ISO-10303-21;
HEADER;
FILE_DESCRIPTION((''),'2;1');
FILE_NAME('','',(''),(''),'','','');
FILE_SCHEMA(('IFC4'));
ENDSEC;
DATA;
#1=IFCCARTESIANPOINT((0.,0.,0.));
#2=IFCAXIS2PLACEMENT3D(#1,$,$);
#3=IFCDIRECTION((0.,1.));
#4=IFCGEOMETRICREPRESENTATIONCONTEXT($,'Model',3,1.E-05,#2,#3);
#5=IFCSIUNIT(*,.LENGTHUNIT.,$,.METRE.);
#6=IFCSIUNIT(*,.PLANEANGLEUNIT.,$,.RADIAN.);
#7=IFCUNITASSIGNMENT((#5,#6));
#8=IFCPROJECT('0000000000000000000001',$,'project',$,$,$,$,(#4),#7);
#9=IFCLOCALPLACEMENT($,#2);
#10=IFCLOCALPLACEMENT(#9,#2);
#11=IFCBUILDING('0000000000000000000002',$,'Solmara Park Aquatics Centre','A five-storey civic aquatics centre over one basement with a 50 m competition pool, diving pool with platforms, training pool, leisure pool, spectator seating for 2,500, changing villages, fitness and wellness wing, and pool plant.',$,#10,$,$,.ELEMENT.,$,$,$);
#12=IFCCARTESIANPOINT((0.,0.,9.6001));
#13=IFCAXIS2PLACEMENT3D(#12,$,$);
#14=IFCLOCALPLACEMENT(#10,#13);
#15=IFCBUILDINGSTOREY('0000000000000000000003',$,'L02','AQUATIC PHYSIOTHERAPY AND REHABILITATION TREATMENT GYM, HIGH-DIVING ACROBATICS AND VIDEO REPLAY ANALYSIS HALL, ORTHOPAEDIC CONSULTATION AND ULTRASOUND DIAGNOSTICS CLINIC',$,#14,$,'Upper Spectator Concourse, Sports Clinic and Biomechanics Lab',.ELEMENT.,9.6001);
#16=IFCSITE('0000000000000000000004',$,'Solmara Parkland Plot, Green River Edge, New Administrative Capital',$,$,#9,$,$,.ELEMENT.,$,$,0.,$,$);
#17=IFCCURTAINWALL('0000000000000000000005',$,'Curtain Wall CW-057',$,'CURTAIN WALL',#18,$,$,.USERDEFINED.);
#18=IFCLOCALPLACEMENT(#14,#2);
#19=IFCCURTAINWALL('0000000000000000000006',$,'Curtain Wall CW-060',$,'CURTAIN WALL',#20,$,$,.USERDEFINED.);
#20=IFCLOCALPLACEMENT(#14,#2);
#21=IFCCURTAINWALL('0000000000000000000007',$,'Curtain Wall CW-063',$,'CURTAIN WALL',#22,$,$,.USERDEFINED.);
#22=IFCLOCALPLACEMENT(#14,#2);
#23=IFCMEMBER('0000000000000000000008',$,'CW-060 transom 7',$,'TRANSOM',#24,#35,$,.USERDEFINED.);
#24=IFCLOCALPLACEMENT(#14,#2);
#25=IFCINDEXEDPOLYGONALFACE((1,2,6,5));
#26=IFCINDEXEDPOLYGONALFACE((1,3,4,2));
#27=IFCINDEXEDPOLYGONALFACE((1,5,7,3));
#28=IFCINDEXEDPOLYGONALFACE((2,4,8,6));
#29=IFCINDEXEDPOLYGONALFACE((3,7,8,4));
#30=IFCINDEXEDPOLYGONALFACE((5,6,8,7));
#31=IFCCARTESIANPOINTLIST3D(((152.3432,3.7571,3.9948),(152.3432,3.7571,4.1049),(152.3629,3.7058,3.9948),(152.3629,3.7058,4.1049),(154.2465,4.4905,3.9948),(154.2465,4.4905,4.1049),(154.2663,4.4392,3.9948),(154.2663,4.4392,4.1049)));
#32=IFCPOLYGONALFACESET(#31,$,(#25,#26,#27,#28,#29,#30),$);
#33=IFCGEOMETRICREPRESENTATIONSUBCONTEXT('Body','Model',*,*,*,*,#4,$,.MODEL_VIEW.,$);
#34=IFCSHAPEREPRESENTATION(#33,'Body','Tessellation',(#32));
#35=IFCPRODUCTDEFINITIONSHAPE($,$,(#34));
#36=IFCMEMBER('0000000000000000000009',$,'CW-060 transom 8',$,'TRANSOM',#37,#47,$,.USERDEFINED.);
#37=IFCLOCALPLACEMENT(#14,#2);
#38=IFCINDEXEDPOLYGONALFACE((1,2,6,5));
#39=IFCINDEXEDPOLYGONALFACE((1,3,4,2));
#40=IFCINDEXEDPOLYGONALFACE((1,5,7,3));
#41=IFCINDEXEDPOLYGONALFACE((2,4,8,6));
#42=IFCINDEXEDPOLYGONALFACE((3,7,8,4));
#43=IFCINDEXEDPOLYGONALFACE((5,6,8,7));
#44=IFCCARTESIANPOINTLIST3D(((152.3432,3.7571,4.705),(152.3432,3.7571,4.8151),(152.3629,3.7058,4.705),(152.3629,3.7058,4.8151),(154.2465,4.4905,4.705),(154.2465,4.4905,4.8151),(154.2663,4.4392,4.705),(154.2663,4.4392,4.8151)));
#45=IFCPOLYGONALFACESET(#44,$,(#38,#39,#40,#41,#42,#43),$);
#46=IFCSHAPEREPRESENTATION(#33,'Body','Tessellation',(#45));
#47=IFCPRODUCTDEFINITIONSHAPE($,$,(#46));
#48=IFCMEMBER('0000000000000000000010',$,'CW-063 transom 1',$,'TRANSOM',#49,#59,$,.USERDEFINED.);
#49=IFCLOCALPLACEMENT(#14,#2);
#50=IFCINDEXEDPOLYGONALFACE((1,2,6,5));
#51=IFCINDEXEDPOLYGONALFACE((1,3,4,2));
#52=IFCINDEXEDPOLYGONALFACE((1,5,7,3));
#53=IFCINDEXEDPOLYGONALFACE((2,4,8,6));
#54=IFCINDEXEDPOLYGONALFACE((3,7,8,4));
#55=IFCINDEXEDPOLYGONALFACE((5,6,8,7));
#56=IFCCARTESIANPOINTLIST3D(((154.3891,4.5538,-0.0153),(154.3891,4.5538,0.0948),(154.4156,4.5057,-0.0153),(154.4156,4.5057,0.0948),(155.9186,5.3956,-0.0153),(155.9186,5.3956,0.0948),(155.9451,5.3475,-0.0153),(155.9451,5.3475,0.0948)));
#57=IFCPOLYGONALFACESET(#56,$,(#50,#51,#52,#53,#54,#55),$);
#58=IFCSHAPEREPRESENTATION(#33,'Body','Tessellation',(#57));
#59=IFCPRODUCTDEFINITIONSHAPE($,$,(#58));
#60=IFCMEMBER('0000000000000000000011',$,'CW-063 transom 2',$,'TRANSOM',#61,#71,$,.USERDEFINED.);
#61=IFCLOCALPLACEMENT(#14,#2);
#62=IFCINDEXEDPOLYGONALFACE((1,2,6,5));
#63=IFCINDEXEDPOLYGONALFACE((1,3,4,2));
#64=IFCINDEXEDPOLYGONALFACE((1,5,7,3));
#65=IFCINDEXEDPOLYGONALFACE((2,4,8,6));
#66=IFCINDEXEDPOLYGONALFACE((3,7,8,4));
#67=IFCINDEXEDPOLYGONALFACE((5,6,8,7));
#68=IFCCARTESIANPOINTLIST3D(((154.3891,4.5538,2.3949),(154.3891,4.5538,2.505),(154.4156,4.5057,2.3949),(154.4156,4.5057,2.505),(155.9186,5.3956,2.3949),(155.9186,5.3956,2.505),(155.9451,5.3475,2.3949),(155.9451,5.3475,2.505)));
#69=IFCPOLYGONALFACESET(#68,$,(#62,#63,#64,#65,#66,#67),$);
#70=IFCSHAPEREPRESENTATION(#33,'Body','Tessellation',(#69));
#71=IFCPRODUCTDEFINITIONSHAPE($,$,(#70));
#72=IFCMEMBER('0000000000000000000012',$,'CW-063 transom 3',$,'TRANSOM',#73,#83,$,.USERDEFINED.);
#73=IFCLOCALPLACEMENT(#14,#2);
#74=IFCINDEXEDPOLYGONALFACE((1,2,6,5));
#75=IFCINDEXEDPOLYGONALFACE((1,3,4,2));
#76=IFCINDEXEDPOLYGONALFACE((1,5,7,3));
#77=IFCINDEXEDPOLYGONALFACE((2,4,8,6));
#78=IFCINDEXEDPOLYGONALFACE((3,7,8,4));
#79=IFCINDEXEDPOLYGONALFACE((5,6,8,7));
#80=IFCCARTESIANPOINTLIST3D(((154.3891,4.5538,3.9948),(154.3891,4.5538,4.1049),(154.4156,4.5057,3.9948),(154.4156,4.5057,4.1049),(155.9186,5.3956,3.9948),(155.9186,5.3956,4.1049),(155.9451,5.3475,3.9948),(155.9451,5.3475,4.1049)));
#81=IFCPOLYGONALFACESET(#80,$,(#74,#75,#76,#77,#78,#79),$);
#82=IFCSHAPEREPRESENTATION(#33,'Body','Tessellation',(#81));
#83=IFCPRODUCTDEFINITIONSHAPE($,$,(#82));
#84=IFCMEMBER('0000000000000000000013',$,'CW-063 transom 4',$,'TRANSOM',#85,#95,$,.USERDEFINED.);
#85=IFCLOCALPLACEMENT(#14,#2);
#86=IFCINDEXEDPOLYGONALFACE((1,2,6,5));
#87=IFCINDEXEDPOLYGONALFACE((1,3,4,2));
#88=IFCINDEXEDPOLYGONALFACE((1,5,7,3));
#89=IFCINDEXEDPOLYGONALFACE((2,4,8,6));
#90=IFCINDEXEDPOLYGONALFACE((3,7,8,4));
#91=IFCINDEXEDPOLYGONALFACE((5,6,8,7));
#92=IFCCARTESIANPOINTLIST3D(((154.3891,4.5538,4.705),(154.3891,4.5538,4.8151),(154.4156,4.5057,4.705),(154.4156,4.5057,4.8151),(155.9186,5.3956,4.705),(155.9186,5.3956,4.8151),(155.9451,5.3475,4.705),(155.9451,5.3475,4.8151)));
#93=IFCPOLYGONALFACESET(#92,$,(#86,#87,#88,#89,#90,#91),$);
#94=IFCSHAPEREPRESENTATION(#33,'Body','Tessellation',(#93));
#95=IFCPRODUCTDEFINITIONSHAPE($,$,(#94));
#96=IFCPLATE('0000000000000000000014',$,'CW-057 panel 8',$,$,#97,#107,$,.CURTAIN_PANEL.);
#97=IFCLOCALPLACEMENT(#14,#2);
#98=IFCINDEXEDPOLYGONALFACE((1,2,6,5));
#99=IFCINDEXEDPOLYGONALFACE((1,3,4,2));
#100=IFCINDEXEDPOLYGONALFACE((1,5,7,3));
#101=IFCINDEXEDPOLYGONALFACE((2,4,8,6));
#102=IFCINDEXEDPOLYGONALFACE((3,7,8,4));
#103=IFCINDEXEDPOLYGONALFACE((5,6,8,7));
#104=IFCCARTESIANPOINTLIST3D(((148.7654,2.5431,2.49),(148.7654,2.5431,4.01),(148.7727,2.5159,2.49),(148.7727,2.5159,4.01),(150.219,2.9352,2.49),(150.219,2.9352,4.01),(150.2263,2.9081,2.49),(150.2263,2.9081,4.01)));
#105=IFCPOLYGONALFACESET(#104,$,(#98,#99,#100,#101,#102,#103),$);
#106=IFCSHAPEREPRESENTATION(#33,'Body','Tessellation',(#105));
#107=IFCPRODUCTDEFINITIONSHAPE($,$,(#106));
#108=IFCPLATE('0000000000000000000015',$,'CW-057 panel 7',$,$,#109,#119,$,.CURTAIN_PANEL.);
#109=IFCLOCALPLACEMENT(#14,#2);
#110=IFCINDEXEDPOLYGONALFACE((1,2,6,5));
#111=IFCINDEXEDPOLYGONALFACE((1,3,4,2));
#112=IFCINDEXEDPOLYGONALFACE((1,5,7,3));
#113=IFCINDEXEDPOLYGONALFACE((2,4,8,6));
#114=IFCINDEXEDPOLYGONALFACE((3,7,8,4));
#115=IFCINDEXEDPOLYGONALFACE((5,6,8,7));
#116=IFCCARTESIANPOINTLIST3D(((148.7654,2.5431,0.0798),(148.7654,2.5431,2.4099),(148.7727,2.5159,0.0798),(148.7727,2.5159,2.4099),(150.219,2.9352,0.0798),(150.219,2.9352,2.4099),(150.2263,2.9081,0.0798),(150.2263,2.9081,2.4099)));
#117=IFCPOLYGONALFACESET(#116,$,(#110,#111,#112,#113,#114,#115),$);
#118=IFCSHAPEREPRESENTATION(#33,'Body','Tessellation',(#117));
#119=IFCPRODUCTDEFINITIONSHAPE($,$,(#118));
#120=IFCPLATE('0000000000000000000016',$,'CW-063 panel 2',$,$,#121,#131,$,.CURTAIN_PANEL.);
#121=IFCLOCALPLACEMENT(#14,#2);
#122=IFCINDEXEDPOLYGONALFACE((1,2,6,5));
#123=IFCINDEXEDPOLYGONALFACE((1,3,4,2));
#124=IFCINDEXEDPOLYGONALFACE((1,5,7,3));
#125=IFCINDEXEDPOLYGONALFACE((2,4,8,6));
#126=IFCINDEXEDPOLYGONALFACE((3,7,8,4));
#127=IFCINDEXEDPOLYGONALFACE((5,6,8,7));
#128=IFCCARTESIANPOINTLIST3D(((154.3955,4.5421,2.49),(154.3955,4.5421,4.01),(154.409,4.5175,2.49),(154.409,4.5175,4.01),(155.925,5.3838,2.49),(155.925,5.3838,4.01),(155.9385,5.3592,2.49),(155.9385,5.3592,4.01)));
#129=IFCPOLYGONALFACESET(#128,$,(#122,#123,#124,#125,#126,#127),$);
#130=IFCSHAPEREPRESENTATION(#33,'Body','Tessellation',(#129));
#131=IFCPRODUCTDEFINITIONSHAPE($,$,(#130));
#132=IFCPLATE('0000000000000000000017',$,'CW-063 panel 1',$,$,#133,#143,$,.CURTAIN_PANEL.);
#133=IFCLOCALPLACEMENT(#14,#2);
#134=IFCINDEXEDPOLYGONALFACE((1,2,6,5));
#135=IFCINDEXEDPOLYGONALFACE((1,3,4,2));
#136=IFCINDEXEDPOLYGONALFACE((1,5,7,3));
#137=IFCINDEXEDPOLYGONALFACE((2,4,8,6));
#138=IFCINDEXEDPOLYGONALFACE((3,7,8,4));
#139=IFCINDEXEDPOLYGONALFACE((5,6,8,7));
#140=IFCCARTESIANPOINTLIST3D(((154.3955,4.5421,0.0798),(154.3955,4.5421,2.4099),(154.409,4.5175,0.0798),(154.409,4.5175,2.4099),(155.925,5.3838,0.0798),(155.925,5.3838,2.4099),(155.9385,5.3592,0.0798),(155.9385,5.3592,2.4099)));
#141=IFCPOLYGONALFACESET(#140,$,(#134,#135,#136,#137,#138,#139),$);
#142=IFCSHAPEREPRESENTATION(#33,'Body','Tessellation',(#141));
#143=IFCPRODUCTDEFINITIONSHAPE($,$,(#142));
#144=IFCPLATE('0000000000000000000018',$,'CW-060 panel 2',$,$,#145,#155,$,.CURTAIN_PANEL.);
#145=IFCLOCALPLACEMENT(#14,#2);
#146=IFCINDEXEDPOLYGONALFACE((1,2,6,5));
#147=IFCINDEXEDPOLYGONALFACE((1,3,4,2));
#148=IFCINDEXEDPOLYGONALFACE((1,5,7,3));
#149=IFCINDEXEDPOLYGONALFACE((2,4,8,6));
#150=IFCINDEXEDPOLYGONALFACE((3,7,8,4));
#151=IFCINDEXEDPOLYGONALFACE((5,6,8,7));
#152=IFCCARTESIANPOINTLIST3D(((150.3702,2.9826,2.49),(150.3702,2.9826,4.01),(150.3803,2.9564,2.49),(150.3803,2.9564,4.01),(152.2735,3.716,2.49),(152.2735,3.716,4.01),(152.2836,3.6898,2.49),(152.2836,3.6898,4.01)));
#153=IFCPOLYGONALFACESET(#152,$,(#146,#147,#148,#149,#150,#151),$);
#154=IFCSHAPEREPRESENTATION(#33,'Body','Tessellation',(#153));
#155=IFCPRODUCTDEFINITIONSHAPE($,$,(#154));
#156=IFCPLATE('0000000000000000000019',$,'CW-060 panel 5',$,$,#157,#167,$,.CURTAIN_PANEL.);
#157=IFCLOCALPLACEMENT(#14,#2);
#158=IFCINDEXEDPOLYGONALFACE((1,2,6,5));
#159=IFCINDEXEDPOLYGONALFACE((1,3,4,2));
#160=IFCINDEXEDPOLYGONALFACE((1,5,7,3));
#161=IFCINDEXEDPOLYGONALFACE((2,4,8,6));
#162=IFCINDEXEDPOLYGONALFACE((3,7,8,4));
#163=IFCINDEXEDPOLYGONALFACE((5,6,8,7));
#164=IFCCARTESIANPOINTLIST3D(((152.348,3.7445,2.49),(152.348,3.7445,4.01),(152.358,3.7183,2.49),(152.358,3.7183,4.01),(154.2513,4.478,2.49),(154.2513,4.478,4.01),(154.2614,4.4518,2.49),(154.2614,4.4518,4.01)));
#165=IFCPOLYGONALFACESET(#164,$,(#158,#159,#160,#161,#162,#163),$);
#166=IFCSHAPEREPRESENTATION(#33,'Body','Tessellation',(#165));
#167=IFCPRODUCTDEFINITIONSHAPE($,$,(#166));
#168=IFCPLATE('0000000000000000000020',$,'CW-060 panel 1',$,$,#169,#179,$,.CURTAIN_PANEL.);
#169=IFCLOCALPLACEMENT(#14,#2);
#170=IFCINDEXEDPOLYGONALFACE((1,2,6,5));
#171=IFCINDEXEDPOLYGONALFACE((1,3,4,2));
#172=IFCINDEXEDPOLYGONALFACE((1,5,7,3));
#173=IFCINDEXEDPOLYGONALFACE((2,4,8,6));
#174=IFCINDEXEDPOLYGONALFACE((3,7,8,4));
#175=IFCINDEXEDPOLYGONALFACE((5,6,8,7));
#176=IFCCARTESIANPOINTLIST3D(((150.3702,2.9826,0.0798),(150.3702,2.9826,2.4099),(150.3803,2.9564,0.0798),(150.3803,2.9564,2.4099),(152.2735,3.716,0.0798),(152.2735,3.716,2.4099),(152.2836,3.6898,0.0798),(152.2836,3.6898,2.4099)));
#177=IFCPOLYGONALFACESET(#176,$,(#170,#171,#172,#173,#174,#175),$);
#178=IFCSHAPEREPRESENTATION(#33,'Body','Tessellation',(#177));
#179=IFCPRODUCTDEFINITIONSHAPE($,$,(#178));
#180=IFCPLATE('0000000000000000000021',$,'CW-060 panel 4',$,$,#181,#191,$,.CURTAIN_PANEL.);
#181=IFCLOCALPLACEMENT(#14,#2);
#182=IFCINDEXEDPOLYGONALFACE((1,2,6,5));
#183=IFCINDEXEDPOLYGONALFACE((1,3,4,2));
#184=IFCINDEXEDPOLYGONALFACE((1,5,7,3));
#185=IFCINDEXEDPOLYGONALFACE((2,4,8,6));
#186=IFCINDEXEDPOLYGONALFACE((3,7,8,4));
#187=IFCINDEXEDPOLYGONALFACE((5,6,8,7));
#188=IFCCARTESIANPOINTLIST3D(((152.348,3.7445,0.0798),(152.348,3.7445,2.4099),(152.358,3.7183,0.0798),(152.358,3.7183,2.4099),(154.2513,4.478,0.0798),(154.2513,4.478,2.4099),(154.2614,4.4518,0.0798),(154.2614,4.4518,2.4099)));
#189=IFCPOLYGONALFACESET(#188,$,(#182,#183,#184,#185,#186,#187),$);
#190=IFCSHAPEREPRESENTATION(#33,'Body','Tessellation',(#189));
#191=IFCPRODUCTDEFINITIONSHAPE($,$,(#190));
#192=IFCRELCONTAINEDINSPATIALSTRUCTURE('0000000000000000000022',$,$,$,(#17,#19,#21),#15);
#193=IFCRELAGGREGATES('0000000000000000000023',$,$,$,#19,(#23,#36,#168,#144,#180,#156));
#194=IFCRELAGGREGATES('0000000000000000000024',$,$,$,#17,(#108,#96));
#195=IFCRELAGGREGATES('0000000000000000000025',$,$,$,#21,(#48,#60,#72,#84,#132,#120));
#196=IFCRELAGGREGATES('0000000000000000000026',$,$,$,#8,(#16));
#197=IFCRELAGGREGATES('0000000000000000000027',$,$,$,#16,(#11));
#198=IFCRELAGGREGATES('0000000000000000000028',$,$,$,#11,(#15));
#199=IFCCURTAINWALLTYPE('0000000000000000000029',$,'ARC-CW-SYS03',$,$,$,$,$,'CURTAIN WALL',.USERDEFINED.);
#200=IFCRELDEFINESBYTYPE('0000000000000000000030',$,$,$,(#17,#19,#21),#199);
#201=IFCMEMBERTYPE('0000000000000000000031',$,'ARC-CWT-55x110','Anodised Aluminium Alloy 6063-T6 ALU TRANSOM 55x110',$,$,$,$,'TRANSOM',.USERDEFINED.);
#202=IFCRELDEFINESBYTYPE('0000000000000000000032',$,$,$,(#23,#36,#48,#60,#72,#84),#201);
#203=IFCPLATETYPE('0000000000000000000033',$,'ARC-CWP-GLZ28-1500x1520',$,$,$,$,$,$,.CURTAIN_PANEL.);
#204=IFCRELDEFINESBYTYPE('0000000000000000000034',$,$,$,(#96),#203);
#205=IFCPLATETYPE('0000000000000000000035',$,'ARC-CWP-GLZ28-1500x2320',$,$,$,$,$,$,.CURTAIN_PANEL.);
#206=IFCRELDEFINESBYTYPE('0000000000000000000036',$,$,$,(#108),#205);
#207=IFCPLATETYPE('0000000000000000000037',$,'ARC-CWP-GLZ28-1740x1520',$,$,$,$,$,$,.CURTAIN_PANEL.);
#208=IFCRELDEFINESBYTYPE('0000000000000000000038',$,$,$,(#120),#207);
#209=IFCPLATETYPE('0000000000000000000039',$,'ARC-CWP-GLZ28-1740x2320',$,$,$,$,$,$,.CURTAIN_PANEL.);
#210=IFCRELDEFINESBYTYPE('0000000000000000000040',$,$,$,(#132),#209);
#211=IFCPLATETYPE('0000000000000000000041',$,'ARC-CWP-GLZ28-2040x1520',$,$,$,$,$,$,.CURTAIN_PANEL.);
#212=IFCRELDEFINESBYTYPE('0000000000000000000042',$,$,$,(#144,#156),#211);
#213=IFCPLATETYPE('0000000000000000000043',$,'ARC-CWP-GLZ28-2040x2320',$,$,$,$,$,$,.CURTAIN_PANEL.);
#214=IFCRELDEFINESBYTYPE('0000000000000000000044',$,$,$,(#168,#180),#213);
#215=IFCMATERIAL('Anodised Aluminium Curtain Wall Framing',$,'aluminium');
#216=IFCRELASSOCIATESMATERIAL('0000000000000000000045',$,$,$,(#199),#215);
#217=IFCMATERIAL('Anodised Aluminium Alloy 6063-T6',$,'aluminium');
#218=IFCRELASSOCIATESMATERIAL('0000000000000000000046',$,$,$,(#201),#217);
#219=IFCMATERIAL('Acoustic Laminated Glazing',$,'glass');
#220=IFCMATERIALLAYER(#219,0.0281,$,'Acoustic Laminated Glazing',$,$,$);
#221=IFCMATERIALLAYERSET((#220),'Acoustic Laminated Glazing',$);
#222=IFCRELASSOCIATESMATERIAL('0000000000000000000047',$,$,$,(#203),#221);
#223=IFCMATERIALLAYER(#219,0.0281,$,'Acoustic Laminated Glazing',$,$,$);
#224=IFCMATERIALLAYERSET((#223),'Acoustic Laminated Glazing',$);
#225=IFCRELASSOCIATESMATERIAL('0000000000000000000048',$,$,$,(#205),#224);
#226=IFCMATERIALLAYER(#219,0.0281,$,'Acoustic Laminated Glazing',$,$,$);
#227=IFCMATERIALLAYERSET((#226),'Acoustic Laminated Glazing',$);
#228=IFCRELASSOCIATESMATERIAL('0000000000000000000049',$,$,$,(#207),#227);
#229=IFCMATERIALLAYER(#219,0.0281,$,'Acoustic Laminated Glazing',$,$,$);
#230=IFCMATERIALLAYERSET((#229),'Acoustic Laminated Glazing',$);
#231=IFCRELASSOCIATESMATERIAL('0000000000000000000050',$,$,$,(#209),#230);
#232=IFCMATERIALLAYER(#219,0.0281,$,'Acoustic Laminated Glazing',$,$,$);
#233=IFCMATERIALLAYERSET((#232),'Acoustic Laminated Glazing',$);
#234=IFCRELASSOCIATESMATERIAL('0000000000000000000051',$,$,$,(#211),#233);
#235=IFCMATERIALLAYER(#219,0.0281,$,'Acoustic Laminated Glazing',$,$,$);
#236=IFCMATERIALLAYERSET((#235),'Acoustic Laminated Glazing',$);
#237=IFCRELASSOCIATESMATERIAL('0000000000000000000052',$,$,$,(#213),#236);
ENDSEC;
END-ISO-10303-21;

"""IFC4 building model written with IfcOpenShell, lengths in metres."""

from ifc_helpers import new_model, si_unit, direction, frame, origin, origin_2d, place, context, subcontext, project, spatial, rectangle, extrude, material, layer, layer_set, material_profile, profile_set, type_object, element, aggregate, save


model = new_model("IFC4")

# Units and contexts
model_context = context("Model", 3, precision=1e-05, world=origin(), true_north=direction((0.0, 1.0)))
body_context = subcontext(model_context, "Body", "Model", "MODEL_VIEW")
ifc_project = project(units=[si_unit("LENGTHUNIT", "METRE"), si_unit("PLANEANGLEUNIT", "RADIAN")], contexts=[model_context])

# Site, building, storey
site_placement = place(None, origin())
site = spatial("IfcSite", under=ifc_project, at=site_placement, Name="Solmara Parkland Plot, Green River Edge, New Administrative Capital", CompositionType="ELEMENT", RefElevation=0.0)
building_placement = place(site_placement, origin())
building = spatial("IfcBuilding", under=site, at=building_placement, Name="Solmara Park Aquatics Centre", Description="A five-storey civic aquatics centre over one basement with a 50 m competition pool, diving pool with platforms, training pool, leisure pool, spectator seating for 2,500, changing villages, fitness and wellness wing, and pool plant.", CompositionType="ELEMENT")
storey_placement = place(building_placement, frame((0.0, 0.0, 9.6001)))
storey = spatial("IfcBuildingStorey", under=building, at=storey_placement, Name="L02", Description="AQUATIC PHYSIOTHERAPY AND REHABILITATION TREATMENT GYM, HIGH-DIVING ACROBATICS AND VIDEO REPLAY ANALYSIS HALL, ORTHOPAEDIC CONSULTATION AND ULTRASOUND DIAGNOSTICS CLINIC", LongName="Upper Spectator Concourse, Sports Clinic and Biomechanics Lab", CompositionType="ELEMENT", Elevation=9.6001)

# Curtain wall
ifc_material_1 = material(Name="Anodised Aluminium Curtain Wall Framing", Category="aluminium")
curtain_wall_type = type_object("IfcCurtainWallType", Name="ARC-CW-SYS03", ElementType="CURTAIN WALL", PredefinedType="USERDEFINED", material=ifc_material_1)
curtain_wall_1_placement = place(storey_placement, origin())
curtain_wall_1 = element("IfcCurtainWall", 1, at=curtain_wall_1_placement, inside=storey, type_object=curtain_wall_type, Name="Curtain Wall CW-057", ObjectType="CURTAIN WALL", PredefinedType="USERDEFINED")
ifc_material_2 = material(Name="Anodised Aluminium Alloy 6063-T6", Category="aluminium")

# Curtain walls
curtain_wall_2_placement = place(storey_placement, origin())
curtain_wall_2 = element("IfcCurtainWall", 2, at=curtain_wall_2_placement, inside=storey, type_object=curtain_wall_type, Name="Curtain Wall CW-060", ObjectType="CURTAIN WALL", PredefinedType="USERDEFINED")
curtain_wall_3_placement = place(storey_placement, origin())
curtain_wall_3 = element("IfcCurtainWall", 3, at=curtain_wall_3_placement, inside=storey, type_object=curtain_wall_type, Name="Curtain Wall CW-063", ObjectType="CURTAIN WALL", PredefinedType="USERDEFINED")

# Members
ifc_material_profile_1 = material_profile(ifc_material_2, rectangle(XDim=0.0549, YDim=0.1101, at=origin_2d()), Name="ALU TRANSOM 55x110")
ifc_profile_set_1 = profile_set([ifc_material_profile_1], Name="Anodised Aluminium Alloy 6063-T6")
member_type_1 = type_object("IfcMemberType", Name="ARC-CWT-55x110", Description="Anodised Aluminium Alloy 6063-T6 ALU TRANSOM 55x110", ElementType="TRANSOM", PredefinedType="USERDEFINED", material=ifc_profile_set_1)
member_1_placement = place(storey_placement, frame((152.353, 3.7314, 4.0498), z_axis=(0.933123, 0.359556, 0.0), x_axis=(-0.359556, 0.933123, 0.0)))
member_1 = element("IfcMember", 4, at=member_1_placement, type_object=member_type_1, Name="CW-060 transom 7", ObjectType="TRANSOM", PredefinedType="USERDEFINED", context=body_context, shape_type="SweptSolid", body=[
    extrude(rectangle(XDim=0.0549, YDim=0.1101, at=origin_2d()), origin(), (0.0, 0.0, 1.0), 2.0398),
])
member_2_placement = place(storey_placement, frame((152.353, 3.7314, 4.76), z_axis=(0.933123, 0.359556, 0.0), x_axis=(-0.359556, 0.933123, 0.0)))
member_2 = element("IfcMember", 5, at=member_2_placement, type_object=member_type_1, Name="CW-060 transom 8", ObjectType="TRANSOM", PredefinedType="USERDEFINED", context=body_context, shape_type="SweptSolid", body=[
    extrude(rectangle(XDim=0.0549, YDim=0.1101, at=origin_2d()), origin(), (0.0, 0.0, 1.0), 2.0398),
])
member_3_placement = place(storey_placement, frame((154.4023, 4.5298, 0.0398), z_axis=(0.876083, 0.48216, 0.0), x_axis=(-0.48216, 0.876083, 0.0)))
member_3 = element("IfcMember", 6, at=member_3_placement, type_object=member_type_1, Name="CW-063 transom 1", ObjectType="TRANSOM", PredefinedType="USERDEFINED", context=body_context, shape_type="SweptSolid", body=[
    extrude(rectangle(XDim=0.0549, YDim=0.1101, at=origin_2d()), origin(), (0.0, 0.0, 1.0), 1.7458),
])
member_4_placement = place(storey_placement, frame((154.4023, 4.5298, 2.45), z_axis=(0.876083, 0.48216, 0.0), x_axis=(-0.48216, 0.876083, 0.0)))
member_4 = element("IfcMember", 7, at=member_4_placement, type_object=member_type_1, Name="CW-063 transom 2", ObjectType="TRANSOM", PredefinedType="USERDEFINED", context=body_context, shape_type="SweptSolid", body=[
    extrude(rectangle(XDim=0.0549, YDim=0.1101, at=origin_2d()), origin(), (0.0, 0.0, 1.0), 1.7458),
])
member_5_placement = place(storey_placement, frame((154.4023, 4.5298, 4.0498), z_axis=(0.876083, 0.48216, 0.0), x_axis=(-0.48216, 0.876083, 0.0)))
member_5 = element("IfcMember", 8, at=member_5_placement, type_object=member_type_1, Name="CW-063 transom 3", ObjectType="TRANSOM", PredefinedType="USERDEFINED", context=body_context, shape_type="SweptSolid", body=[
    extrude(rectangle(XDim=0.0549, YDim=0.1101, at=origin_2d()), origin(), (0.0, 0.0, 1.0), 1.7458),
])
member_6_placement = place(storey_placement, frame((154.4023, 4.5298, 4.76), z_axis=(0.876083, 0.48216, 0.0), x_axis=(-0.48216, 0.876083, 0.0)))
member_6 = element("IfcMember", 9, at=member_6_placement, type_object=member_type_1, Name="CW-063 transom 4", ObjectType="TRANSOM", PredefinedType="USERDEFINED", context=body_context, shape_type="SweptSolid", body=[
    extrude(rectangle(XDim=0.0549, YDim=0.1101, at=origin_2d()), origin(), (0.0, 0.0, 1.0), 1.7458),
])

# Plates
ifc_material_3 = material(Name="Acoustic Laminated Glazing", Category="glass")
ifc_layer_1 = layer(ifc_material_3, 0.0281, Name="Acoustic Laminated Glazing")
ifc_layer_set_1 = layer_set([ifc_layer_1], Name="Acoustic Laminated Glazing")
plate_type_1 = type_object("IfcPlateType", Name="ARC-CWP-GLZ28-1500x1520", PredefinedType="CURTAIN_PANEL", material=ifc_layer_set_1)
plate_1_placement = place(storey_placement, frame((149.4958, 2.7256, 2.49), z_axis=(0.0, 0.0, 1.0), x_axis=(0.96548, 0.260476, 0.0)))
plate_1 = element("IfcPlate", 10, at=plate_1_placement, type_object=plate_type_1, Name="CW-057 panel 8", PredefinedType="CURTAIN_PANEL", context=body_context, shape_type="SweptSolid", body=[
    extrude(rectangle(XDim=1.5056, YDim=0.0281, at=origin_2d()), origin(), (0.0, 0.0, 1.0), 1.52),
])
ifc_layer_2 = layer(ifc_material_3, 0.0281, Name="Acoustic Laminated Glazing")
ifc_layer_set_2 = layer_set([ifc_layer_2], Name="Acoustic Laminated Glazing")
plate_type_2 = type_object("IfcPlateType", Name="ARC-CWP-GLZ28-1500x2320", PredefinedType="CURTAIN_PANEL", material=ifc_layer_set_2)
plate_2_placement = place(storey_placement, frame((149.4958, 2.7256, 0.0798), z_axis=(0.0, 0.0, 1.0), x_axis=(0.96548, 0.260476, 0.0)))
plate_2 = element("IfcPlate", 11, at=plate_2_placement, type_object=plate_type_2, Name="CW-057 panel 7", PredefinedType="CURTAIN_PANEL", context=body_context, shape_type="SweptSolid", body=[
    extrude(rectangle(XDim=1.5056, YDim=0.0281, at=origin_2d()), origin(), (0.0, 0.0, 1.0), 2.3301),
])
ifc_layer_3 = layer(ifc_material_3, 0.0281, Name="Acoustic Laminated Glazing")
ifc_layer_set_3 = layer_set([ifc_layer_3], Name="Acoustic Laminated Glazing")
plate_type_3 = type_object("IfcPlateType", Name="ARC-CWP-GLZ28-1740x1520", PredefinedType="CURTAIN_PANEL", material=ifc_layer_set_3)
plate_3_placement = place(storey_placement, frame((155.167, 4.9507, 2.49), z_axis=(0.0, 0.0, 1.0), x_axis=(0.876105, 0.482121, 0.0)))
plate_3 = element("IfcPlate", 12, at=plate_3_placement, type_object=plate_type_3, Name="CW-063 panel 2", PredefinedType="CURTAIN_PANEL", context=body_context, shape_type="SweptSolid", body=[
    extrude(rectangle(XDim=1.7458, YDim=0.0281, at=origin_2d()), origin(), (0.0, 0.0, 1.0), 1.52),
])
ifc_layer_4 = layer(ifc_material_3, 0.0281, Name="Acoustic Laminated Glazing")
ifc_layer_set_4 = layer_set([ifc_layer_4], Name="Acoustic Laminated Glazing")
plate_type_4 = type_object("IfcPlateType", Name="ARC-CWP-GLZ28-1740x2320", PredefinedType="CURTAIN_PANEL", material=ifc_layer_set_4)
plate_4_placement = place(storey_placement, frame((155.167, 4.9507, 0.0798), z_axis=(0.0, 0.0, 1.0), x_axis=(0.876105, 0.482121, 0.0)))
plate_4 = element("IfcPlate", 13, at=plate_4_placement, type_object=plate_type_4, Name="CW-063 panel 1", PredefinedType="CURTAIN_PANEL", context=body_context, shape_type="SweptSolid", body=[
    extrude(rectangle(XDim=1.7458, YDim=0.0281, at=origin_2d()), origin(), (0.0, 0.0, 1.0), 2.3301),
])
ifc_layer_5 = layer(ifc_material_3, 0.0281, Name="Acoustic Laminated Glazing")
ifc_layer_set_5 = layer_set([ifc_layer_5], Name="Acoustic Laminated Glazing")
plate_type_5 = type_object("IfcPlateType", Name="ARC-CWP-GLZ28-2040x1520", PredefinedType="CURTAIN_PANEL", material=ifc_layer_set_5)
plate_5_placement = place(storey_placement, frame((151.3269, 3.3362, 2.49), z_axis=(0.0, 0.0, 1.0), x_axis=(0.93312, 0.359565, 0.0)))
plate_5 = element("IfcPlate", 14, at=plate_5_placement, type_object=plate_type_5, Name="CW-060 panel 2", PredefinedType="CURTAIN_PANEL", context=body_context, shape_type="SweptSolid", body=[
    extrude(rectangle(XDim=2.0398, YDim=0.0281, at=origin_2d()), origin(), (0.0, 0.0, 1.0), 1.52),
])
plate_6_placement = place(storey_placement, frame((153.3047, 4.0981, 2.49), z_axis=(0.0, 0.0, 1.0), x_axis=(0.93312, 0.359565, 0.0)))
plate_6 = element("IfcPlate", 15, at=plate_6_placement, type_object=plate_type_5, Name="CW-060 panel 5", PredefinedType="CURTAIN_PANEL", context=body_context, shape_type="SweptSolid", body=[
    extrude(rectangle(XDim=2.0398, YDim=0.0281, at=origin_2d()), origin(), (0.0, 0.0, 1.0), 1.52),
])
ifc_layer_6 = layer(ifc_material_3, 0.0281, Name="Acoustic Laminated Glazing")
ifc_layer_set_6 = layer_set([ifc_layer_6], Name="Acoustic Laminated Glazing")
plate_type_6 = type_object("IfcPlateType", Name="ARC-CWP-GLZ28-2040x2320", PredefinedType="CURTAIN_PANEL", material=ifc_layer_set_6)
plate_7_placement = place(storey_placement, frame((151.3269, 3.3362, 0.0798), z_axis=(0.0, 0.0, 1.0), x_axis=(0.93312, 0.359565, 0.0)))
plate_7 = element("IfcPlate", 16, at=plate_7_placement, type_object=plate_type_6, Name="CW-060 panel 1", PredefinedType="CURTAIN_PANEL", context=body_context, shape_type="SweptSolid", body=[
    extrude(rectangle(XDim=2.0398, YDim=0.0281, at=origin_2d()), origin(), (0.0, 0.0, 1.0), 2.3301),
])
plate_8_placement = place(storey_placement, frame((153.3047, 4.0981, 0.0798), z_axis=(0.0, 0.0, 1.0), x_axis=(0.93312, 0.359565, 0.0)))
plate_8 = element("IfcPlate", 17, at=plate_8_placement, type_object=plate_type_6, Name="CW-060 panel 4", PredefinedType="CURTAIN_PANEL", context=body_context, shape_type="SweptSolid", body=[
    extrude(rectangle(XDim=2.0398, YDim=0.0281, at=origin_2d()), origin(), (0.0, 0.0, 1.0), 2.3301),
])
aggregate(curtain_wall_2, [member_1, member_2, plate_7, plate_5, plate_8, plate_6])
aggregate(curtain_wall_1, [plate_2, plate_1])
aggregate(curtain_wall_3, [member_3, member_4, member_5, member_6, plate_4, plate_3])

save(model, "model.ifc")
